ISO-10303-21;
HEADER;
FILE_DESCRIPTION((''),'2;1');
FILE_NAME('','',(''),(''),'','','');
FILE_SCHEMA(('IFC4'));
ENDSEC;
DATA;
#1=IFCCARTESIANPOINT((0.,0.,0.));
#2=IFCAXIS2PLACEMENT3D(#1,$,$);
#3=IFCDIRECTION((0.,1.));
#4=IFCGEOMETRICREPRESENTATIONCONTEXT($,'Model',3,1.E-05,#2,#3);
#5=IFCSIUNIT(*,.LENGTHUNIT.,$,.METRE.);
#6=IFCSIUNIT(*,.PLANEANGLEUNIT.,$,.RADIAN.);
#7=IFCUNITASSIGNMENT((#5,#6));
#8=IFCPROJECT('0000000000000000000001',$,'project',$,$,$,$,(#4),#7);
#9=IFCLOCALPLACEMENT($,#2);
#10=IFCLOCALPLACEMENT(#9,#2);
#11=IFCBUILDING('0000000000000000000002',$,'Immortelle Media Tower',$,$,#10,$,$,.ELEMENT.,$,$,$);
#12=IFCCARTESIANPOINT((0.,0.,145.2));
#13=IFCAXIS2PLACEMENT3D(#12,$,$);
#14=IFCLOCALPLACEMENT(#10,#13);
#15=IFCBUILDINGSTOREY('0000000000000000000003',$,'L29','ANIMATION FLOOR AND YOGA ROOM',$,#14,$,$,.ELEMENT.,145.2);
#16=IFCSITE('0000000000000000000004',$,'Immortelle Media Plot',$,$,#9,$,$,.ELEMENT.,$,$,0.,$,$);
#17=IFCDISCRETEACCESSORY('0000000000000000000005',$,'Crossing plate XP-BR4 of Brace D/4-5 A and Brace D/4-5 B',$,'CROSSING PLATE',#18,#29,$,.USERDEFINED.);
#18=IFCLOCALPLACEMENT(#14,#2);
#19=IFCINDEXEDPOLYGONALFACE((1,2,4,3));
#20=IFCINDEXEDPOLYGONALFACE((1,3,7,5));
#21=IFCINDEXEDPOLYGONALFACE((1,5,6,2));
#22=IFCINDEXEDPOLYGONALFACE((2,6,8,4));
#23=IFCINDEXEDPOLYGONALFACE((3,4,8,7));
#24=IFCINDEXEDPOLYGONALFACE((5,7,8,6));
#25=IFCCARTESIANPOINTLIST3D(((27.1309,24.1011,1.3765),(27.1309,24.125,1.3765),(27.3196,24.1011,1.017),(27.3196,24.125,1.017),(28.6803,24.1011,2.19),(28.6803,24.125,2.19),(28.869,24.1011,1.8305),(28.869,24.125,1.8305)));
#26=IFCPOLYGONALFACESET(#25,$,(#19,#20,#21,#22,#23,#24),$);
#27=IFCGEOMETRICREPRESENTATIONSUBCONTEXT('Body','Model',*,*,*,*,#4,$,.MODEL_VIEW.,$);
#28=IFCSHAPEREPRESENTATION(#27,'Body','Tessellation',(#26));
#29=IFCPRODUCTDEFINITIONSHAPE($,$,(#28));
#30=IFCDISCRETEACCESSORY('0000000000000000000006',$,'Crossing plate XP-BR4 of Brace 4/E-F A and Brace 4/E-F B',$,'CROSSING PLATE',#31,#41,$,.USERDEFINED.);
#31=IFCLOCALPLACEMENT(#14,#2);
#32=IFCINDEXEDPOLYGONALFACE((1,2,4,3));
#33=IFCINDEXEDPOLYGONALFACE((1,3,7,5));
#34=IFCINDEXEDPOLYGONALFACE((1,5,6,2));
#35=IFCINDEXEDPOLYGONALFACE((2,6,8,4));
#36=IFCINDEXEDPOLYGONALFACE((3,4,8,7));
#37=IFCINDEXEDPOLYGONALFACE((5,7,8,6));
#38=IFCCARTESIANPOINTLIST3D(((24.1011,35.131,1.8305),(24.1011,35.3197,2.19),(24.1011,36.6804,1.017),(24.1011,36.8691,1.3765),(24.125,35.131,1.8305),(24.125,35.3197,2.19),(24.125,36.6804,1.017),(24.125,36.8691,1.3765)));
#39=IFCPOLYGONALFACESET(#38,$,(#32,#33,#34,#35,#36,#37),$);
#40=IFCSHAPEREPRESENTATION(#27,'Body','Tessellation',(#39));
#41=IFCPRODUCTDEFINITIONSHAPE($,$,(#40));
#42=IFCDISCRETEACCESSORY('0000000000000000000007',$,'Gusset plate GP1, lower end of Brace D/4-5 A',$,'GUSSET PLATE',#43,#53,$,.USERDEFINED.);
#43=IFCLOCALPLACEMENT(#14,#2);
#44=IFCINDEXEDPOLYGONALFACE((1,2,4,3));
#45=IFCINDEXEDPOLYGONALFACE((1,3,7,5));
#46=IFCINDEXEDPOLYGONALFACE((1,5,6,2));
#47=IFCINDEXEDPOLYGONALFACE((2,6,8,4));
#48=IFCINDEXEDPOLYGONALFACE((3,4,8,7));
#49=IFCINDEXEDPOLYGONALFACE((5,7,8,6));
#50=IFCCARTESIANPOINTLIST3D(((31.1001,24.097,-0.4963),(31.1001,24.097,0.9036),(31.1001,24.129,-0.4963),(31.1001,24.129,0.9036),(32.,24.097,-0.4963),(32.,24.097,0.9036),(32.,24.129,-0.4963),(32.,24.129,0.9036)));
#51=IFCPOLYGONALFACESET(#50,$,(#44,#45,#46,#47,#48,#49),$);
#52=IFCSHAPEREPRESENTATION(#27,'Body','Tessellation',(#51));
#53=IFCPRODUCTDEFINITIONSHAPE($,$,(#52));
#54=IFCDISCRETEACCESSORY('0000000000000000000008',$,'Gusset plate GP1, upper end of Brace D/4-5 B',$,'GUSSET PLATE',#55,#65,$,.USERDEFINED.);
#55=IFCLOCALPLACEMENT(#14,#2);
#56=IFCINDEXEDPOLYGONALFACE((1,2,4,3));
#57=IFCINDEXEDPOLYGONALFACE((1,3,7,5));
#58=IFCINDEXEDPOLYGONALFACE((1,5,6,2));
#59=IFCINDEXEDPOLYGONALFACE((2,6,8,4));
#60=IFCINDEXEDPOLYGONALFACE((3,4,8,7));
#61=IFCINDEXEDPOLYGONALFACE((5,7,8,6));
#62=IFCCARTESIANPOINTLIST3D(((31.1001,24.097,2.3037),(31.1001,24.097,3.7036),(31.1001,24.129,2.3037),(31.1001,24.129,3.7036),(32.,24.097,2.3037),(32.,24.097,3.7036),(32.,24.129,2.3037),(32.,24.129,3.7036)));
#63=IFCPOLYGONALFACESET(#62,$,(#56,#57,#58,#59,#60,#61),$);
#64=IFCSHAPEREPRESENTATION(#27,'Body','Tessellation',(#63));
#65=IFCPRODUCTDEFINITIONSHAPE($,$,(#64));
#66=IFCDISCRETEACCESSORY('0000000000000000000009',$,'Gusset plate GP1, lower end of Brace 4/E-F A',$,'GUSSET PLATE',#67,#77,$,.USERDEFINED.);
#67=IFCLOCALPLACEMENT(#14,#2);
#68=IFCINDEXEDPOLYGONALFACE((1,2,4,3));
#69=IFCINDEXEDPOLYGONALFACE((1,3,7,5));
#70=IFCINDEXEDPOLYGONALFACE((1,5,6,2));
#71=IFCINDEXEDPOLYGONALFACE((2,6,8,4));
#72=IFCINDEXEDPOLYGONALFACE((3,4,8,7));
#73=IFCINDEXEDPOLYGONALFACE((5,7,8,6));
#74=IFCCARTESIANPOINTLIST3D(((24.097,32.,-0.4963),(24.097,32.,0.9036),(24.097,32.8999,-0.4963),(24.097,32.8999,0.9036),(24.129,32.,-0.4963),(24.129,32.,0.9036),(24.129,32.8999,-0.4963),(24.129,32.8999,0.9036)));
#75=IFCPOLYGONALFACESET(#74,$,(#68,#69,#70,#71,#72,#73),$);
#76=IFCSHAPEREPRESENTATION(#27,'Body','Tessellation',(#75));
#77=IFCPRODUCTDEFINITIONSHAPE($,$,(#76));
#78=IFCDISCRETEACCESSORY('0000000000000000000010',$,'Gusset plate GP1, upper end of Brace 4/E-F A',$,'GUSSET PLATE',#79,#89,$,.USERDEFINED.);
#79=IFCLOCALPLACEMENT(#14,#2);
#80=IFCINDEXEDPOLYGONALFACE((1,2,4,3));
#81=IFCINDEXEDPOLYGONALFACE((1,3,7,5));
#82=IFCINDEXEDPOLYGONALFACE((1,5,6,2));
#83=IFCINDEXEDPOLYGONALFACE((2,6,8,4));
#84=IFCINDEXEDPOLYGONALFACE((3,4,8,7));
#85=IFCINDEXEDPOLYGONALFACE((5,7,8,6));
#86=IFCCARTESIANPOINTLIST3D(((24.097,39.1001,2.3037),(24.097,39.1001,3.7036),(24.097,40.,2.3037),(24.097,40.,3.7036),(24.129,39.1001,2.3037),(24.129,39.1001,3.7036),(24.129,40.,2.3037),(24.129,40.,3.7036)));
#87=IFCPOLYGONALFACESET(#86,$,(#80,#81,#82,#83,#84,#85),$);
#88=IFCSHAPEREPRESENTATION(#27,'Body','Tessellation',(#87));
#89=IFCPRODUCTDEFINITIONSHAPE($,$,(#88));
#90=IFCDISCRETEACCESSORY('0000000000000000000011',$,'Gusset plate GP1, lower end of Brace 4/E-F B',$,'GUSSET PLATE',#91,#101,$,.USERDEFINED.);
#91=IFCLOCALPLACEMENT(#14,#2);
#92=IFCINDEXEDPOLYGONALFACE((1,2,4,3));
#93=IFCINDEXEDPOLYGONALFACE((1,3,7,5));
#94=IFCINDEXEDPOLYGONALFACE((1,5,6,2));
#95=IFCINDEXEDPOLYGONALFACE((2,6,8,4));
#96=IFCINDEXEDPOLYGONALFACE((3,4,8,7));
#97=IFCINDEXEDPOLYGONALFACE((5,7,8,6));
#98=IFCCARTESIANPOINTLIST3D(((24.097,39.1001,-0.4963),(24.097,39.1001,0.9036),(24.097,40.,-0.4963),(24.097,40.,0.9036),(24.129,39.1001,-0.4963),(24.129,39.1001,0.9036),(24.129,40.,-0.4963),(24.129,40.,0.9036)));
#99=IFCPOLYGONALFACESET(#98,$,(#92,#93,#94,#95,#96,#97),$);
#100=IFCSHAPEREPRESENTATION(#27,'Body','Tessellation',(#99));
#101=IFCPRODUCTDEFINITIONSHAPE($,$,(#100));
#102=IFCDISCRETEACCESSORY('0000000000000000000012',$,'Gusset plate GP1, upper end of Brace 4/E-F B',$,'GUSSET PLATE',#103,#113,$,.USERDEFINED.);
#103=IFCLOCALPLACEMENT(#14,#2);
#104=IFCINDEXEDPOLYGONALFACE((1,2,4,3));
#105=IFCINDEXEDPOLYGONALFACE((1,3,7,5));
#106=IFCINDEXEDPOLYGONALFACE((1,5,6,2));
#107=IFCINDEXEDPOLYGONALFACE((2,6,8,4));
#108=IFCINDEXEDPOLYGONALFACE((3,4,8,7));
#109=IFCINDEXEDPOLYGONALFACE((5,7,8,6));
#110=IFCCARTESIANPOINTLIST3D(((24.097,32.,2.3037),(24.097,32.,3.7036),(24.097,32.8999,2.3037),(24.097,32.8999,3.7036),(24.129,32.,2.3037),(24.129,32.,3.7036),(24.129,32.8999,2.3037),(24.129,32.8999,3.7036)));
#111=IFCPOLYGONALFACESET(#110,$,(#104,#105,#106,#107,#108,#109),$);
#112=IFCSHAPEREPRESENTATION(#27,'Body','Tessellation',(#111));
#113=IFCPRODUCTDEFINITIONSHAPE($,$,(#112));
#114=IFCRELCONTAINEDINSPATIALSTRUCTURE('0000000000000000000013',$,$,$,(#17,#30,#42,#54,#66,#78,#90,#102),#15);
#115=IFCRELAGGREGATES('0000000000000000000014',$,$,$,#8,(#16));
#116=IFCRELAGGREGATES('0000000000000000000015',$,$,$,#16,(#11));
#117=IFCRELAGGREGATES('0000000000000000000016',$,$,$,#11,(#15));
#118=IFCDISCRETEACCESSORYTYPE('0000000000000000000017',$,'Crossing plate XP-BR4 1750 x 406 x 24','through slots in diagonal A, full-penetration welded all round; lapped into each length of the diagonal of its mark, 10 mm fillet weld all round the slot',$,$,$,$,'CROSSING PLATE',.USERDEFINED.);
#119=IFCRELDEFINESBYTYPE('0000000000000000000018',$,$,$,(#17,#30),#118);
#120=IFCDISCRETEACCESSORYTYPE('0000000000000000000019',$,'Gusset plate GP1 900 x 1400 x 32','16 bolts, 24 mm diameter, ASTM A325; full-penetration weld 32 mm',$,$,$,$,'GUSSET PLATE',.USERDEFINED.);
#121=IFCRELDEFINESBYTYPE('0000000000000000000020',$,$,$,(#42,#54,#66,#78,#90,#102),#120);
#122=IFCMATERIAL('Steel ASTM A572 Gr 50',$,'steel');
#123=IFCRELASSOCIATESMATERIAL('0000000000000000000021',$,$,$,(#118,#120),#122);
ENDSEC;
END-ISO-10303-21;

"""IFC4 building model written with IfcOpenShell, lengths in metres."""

from ifc_helpers import new_model, si_unit, direction, frame, origin, origin_2d, place, context, subcontext, project, spatial, rectangle, extrude, material, material_profile, profile_set, type_object, element, save


model = new_model("IFC4")

# Units and contexts
model_context = context("Model", 3, precision=1e-05, world=origin(), true_north=direction((0.0, 1.0)))
body_context = subcontext(model_context, "Body", "Model", "MODEL_VIEW")
ifc_project = project(units=[si_unit("LENGTHUNIT", "METRE"), si_unit("PLANEANGLEUNIT", "RADIAN")], contexts=[model_context])

# Site, building, storey
site_placement = place(None, origin())
site = spatial("IfcSite", under=ifc_project, at=site_placement, Name="Immortelle Media Plot", CompositionType="ELEMENT", RefElevation=0.0)
building_placement = place(site_placement, origin())
building = spatial("IfcBuilding", under=site, at=building_placement, Name="Immortelle Media Tower", CompositionType="ELEMENT")
storey_placement = place(building_placement, frame((0.0, 0.0, 145.2)))
storey = spatial("IfcBuildingStorey", under=building, at=storey_placement, Name="L29", Description="ANIMATION FLOOR AND YOGA ROOM", CompositionType="ELEMENT", Elevation=145.2)

# Discrete accessories
ifc_material_1 = material(Name="Steel ASTM A572 Gr 50", Category="steel")
ifc_material_profile_1 = material_profile(ifc_material_1, rectangle(XDim=0.0239, YDim=0.406, at=origin_2d()), Name="PL 24 x 406")
ifc_profile_set_1 = profile_set([ifc_material_profile_1], Name="Steel ASTM A572 Gr 50")
discrete_accessory_type_1 = type_object("IfcDiscreteAccessoryType", Name="Crossing plate XP-BR4 1750 x 406 x 24", Description="through slots in diagonal A, full-penetration welded all round; lapped into each length of the diagonal of its mark, 10 mm fillet weld all round the slot", ElementType="CROSSING PLATE", PredefinedType="USERDEFINED", material=ifc_profile_set_1)
for number, where, z_axis, x_axis, name in (
    (1, (28.7747, 24.113, 2.0103), (-0.885378, 0.0, -0.464872), (0.0, -1.0, 0.0), "Crossing plate XP-BR4 of Brace D/4-5 A and Brace D/4-5 B"),
    (2, (24.113, 35.2253, 2.0103), (0.0, 0.885378, -0.464872), (-1.0, 0.0, 0.0), "Crossing plate XP-BR4 of Brace 4/E-F A and Brace 4/E-F B"),
):
    element("IfcDiscreteAccessory", number, at=place(storey_placement, frame(where, z_axis=z_axis, x_axis=x_axis)), inside=storey, type_object=discrete_accessory_type_1, Name=name, ObjectType="CROSSING PLATE", PredefinedType="USERDEFINED", context=body_context, shape_type="SweptSolid", body=[
        extrude(rectangle(XDim=0.0239, YDim=0.406, at=origin_2d()), origin(), (0.0, 0.0, 1.0), 1.75),
    ])
ifc_material_profile_2 = material_profile(ifc_material_1, rectangle(XDim=0.032, YDim=1.3999, at=origin_2d()), Name="PL 32 x 1400")
ifc_profile_set_2 = profile_set([ifc_material_profile_2], Name="Steel ASTM A572 Gr 50")
discrete_accessory_type_2 = type_object("IfcDiscreteAccessoryType", Name="Gusset plate GP1 900 x 1400 x 32", Description="16 bolts, 24 mm diameter, ASTM A325; full-penetration weld 32 mm", ElementType="GUSSET PLATE", PredefinedType="USERDEFINED", material=ifc_profile_set_2)
for number, where, z_axis, x_axis, name in (
    (3, (32.0, 24.113, 0.2036), (-1.0, 0.0, 0.0), (0.0, -1.0, 0.0), "Gusset plate GP1, lower end of Brace D/4-5 A"),
    (4, (32.0, 24.113, 3.0037), (-1.0, 0.0, 0.0), (0.0, -1.0, 0.0), "Gusset plate GP1, upper end of Brace D/4-5 B"),
    (5, (24.113, 32.0, 0.2036), (0.0, 1.0, 0.0), (-1.0, 0.0, 0.0), "Gusset plate GP1, lower end of Brace 4/E-F A"),
    (6, (24.113, 40.0, 3.0037), (0.0, -1.0, 0.0), (1.0, 0.0, 0.0), "Gusset plate GP1, upper end of Brace 4/E-F A"),
    (7, (24.113, 40.0, 0.2036), (0.0, -1.0, 0.0), (1.0, 0.0, 0.0), "Gusset plate GP1, lower end of Brace 4/E-F B"),
    (8, (24.113, 32.0, 3.0037), (0.0, 1.0, 0.0), (-1.0, 0.0, 0.0), "Gusset plate GP1, upper end of Brace 4/E-F B"),
):
    element("IfcDiscreteAccessory", number, at=place(storey_placement, frame(where, z_axis=z_axis, x_axis=x_axis)), inside=storey, type_object=discrete_accessory_type_2, Name=name, ObjectType="GUSSET PLATE", PredefinedType="USERDEFINED", context=body_context, shape_type="SweptSolid", body=[
        extrude(rectangle(XDim=0.032, YDim=1.3999, at=origin_2d()), origin(), (0.0, 0.0, 1.0), 0.8999),
    ])

save(model, "model.ifc")
